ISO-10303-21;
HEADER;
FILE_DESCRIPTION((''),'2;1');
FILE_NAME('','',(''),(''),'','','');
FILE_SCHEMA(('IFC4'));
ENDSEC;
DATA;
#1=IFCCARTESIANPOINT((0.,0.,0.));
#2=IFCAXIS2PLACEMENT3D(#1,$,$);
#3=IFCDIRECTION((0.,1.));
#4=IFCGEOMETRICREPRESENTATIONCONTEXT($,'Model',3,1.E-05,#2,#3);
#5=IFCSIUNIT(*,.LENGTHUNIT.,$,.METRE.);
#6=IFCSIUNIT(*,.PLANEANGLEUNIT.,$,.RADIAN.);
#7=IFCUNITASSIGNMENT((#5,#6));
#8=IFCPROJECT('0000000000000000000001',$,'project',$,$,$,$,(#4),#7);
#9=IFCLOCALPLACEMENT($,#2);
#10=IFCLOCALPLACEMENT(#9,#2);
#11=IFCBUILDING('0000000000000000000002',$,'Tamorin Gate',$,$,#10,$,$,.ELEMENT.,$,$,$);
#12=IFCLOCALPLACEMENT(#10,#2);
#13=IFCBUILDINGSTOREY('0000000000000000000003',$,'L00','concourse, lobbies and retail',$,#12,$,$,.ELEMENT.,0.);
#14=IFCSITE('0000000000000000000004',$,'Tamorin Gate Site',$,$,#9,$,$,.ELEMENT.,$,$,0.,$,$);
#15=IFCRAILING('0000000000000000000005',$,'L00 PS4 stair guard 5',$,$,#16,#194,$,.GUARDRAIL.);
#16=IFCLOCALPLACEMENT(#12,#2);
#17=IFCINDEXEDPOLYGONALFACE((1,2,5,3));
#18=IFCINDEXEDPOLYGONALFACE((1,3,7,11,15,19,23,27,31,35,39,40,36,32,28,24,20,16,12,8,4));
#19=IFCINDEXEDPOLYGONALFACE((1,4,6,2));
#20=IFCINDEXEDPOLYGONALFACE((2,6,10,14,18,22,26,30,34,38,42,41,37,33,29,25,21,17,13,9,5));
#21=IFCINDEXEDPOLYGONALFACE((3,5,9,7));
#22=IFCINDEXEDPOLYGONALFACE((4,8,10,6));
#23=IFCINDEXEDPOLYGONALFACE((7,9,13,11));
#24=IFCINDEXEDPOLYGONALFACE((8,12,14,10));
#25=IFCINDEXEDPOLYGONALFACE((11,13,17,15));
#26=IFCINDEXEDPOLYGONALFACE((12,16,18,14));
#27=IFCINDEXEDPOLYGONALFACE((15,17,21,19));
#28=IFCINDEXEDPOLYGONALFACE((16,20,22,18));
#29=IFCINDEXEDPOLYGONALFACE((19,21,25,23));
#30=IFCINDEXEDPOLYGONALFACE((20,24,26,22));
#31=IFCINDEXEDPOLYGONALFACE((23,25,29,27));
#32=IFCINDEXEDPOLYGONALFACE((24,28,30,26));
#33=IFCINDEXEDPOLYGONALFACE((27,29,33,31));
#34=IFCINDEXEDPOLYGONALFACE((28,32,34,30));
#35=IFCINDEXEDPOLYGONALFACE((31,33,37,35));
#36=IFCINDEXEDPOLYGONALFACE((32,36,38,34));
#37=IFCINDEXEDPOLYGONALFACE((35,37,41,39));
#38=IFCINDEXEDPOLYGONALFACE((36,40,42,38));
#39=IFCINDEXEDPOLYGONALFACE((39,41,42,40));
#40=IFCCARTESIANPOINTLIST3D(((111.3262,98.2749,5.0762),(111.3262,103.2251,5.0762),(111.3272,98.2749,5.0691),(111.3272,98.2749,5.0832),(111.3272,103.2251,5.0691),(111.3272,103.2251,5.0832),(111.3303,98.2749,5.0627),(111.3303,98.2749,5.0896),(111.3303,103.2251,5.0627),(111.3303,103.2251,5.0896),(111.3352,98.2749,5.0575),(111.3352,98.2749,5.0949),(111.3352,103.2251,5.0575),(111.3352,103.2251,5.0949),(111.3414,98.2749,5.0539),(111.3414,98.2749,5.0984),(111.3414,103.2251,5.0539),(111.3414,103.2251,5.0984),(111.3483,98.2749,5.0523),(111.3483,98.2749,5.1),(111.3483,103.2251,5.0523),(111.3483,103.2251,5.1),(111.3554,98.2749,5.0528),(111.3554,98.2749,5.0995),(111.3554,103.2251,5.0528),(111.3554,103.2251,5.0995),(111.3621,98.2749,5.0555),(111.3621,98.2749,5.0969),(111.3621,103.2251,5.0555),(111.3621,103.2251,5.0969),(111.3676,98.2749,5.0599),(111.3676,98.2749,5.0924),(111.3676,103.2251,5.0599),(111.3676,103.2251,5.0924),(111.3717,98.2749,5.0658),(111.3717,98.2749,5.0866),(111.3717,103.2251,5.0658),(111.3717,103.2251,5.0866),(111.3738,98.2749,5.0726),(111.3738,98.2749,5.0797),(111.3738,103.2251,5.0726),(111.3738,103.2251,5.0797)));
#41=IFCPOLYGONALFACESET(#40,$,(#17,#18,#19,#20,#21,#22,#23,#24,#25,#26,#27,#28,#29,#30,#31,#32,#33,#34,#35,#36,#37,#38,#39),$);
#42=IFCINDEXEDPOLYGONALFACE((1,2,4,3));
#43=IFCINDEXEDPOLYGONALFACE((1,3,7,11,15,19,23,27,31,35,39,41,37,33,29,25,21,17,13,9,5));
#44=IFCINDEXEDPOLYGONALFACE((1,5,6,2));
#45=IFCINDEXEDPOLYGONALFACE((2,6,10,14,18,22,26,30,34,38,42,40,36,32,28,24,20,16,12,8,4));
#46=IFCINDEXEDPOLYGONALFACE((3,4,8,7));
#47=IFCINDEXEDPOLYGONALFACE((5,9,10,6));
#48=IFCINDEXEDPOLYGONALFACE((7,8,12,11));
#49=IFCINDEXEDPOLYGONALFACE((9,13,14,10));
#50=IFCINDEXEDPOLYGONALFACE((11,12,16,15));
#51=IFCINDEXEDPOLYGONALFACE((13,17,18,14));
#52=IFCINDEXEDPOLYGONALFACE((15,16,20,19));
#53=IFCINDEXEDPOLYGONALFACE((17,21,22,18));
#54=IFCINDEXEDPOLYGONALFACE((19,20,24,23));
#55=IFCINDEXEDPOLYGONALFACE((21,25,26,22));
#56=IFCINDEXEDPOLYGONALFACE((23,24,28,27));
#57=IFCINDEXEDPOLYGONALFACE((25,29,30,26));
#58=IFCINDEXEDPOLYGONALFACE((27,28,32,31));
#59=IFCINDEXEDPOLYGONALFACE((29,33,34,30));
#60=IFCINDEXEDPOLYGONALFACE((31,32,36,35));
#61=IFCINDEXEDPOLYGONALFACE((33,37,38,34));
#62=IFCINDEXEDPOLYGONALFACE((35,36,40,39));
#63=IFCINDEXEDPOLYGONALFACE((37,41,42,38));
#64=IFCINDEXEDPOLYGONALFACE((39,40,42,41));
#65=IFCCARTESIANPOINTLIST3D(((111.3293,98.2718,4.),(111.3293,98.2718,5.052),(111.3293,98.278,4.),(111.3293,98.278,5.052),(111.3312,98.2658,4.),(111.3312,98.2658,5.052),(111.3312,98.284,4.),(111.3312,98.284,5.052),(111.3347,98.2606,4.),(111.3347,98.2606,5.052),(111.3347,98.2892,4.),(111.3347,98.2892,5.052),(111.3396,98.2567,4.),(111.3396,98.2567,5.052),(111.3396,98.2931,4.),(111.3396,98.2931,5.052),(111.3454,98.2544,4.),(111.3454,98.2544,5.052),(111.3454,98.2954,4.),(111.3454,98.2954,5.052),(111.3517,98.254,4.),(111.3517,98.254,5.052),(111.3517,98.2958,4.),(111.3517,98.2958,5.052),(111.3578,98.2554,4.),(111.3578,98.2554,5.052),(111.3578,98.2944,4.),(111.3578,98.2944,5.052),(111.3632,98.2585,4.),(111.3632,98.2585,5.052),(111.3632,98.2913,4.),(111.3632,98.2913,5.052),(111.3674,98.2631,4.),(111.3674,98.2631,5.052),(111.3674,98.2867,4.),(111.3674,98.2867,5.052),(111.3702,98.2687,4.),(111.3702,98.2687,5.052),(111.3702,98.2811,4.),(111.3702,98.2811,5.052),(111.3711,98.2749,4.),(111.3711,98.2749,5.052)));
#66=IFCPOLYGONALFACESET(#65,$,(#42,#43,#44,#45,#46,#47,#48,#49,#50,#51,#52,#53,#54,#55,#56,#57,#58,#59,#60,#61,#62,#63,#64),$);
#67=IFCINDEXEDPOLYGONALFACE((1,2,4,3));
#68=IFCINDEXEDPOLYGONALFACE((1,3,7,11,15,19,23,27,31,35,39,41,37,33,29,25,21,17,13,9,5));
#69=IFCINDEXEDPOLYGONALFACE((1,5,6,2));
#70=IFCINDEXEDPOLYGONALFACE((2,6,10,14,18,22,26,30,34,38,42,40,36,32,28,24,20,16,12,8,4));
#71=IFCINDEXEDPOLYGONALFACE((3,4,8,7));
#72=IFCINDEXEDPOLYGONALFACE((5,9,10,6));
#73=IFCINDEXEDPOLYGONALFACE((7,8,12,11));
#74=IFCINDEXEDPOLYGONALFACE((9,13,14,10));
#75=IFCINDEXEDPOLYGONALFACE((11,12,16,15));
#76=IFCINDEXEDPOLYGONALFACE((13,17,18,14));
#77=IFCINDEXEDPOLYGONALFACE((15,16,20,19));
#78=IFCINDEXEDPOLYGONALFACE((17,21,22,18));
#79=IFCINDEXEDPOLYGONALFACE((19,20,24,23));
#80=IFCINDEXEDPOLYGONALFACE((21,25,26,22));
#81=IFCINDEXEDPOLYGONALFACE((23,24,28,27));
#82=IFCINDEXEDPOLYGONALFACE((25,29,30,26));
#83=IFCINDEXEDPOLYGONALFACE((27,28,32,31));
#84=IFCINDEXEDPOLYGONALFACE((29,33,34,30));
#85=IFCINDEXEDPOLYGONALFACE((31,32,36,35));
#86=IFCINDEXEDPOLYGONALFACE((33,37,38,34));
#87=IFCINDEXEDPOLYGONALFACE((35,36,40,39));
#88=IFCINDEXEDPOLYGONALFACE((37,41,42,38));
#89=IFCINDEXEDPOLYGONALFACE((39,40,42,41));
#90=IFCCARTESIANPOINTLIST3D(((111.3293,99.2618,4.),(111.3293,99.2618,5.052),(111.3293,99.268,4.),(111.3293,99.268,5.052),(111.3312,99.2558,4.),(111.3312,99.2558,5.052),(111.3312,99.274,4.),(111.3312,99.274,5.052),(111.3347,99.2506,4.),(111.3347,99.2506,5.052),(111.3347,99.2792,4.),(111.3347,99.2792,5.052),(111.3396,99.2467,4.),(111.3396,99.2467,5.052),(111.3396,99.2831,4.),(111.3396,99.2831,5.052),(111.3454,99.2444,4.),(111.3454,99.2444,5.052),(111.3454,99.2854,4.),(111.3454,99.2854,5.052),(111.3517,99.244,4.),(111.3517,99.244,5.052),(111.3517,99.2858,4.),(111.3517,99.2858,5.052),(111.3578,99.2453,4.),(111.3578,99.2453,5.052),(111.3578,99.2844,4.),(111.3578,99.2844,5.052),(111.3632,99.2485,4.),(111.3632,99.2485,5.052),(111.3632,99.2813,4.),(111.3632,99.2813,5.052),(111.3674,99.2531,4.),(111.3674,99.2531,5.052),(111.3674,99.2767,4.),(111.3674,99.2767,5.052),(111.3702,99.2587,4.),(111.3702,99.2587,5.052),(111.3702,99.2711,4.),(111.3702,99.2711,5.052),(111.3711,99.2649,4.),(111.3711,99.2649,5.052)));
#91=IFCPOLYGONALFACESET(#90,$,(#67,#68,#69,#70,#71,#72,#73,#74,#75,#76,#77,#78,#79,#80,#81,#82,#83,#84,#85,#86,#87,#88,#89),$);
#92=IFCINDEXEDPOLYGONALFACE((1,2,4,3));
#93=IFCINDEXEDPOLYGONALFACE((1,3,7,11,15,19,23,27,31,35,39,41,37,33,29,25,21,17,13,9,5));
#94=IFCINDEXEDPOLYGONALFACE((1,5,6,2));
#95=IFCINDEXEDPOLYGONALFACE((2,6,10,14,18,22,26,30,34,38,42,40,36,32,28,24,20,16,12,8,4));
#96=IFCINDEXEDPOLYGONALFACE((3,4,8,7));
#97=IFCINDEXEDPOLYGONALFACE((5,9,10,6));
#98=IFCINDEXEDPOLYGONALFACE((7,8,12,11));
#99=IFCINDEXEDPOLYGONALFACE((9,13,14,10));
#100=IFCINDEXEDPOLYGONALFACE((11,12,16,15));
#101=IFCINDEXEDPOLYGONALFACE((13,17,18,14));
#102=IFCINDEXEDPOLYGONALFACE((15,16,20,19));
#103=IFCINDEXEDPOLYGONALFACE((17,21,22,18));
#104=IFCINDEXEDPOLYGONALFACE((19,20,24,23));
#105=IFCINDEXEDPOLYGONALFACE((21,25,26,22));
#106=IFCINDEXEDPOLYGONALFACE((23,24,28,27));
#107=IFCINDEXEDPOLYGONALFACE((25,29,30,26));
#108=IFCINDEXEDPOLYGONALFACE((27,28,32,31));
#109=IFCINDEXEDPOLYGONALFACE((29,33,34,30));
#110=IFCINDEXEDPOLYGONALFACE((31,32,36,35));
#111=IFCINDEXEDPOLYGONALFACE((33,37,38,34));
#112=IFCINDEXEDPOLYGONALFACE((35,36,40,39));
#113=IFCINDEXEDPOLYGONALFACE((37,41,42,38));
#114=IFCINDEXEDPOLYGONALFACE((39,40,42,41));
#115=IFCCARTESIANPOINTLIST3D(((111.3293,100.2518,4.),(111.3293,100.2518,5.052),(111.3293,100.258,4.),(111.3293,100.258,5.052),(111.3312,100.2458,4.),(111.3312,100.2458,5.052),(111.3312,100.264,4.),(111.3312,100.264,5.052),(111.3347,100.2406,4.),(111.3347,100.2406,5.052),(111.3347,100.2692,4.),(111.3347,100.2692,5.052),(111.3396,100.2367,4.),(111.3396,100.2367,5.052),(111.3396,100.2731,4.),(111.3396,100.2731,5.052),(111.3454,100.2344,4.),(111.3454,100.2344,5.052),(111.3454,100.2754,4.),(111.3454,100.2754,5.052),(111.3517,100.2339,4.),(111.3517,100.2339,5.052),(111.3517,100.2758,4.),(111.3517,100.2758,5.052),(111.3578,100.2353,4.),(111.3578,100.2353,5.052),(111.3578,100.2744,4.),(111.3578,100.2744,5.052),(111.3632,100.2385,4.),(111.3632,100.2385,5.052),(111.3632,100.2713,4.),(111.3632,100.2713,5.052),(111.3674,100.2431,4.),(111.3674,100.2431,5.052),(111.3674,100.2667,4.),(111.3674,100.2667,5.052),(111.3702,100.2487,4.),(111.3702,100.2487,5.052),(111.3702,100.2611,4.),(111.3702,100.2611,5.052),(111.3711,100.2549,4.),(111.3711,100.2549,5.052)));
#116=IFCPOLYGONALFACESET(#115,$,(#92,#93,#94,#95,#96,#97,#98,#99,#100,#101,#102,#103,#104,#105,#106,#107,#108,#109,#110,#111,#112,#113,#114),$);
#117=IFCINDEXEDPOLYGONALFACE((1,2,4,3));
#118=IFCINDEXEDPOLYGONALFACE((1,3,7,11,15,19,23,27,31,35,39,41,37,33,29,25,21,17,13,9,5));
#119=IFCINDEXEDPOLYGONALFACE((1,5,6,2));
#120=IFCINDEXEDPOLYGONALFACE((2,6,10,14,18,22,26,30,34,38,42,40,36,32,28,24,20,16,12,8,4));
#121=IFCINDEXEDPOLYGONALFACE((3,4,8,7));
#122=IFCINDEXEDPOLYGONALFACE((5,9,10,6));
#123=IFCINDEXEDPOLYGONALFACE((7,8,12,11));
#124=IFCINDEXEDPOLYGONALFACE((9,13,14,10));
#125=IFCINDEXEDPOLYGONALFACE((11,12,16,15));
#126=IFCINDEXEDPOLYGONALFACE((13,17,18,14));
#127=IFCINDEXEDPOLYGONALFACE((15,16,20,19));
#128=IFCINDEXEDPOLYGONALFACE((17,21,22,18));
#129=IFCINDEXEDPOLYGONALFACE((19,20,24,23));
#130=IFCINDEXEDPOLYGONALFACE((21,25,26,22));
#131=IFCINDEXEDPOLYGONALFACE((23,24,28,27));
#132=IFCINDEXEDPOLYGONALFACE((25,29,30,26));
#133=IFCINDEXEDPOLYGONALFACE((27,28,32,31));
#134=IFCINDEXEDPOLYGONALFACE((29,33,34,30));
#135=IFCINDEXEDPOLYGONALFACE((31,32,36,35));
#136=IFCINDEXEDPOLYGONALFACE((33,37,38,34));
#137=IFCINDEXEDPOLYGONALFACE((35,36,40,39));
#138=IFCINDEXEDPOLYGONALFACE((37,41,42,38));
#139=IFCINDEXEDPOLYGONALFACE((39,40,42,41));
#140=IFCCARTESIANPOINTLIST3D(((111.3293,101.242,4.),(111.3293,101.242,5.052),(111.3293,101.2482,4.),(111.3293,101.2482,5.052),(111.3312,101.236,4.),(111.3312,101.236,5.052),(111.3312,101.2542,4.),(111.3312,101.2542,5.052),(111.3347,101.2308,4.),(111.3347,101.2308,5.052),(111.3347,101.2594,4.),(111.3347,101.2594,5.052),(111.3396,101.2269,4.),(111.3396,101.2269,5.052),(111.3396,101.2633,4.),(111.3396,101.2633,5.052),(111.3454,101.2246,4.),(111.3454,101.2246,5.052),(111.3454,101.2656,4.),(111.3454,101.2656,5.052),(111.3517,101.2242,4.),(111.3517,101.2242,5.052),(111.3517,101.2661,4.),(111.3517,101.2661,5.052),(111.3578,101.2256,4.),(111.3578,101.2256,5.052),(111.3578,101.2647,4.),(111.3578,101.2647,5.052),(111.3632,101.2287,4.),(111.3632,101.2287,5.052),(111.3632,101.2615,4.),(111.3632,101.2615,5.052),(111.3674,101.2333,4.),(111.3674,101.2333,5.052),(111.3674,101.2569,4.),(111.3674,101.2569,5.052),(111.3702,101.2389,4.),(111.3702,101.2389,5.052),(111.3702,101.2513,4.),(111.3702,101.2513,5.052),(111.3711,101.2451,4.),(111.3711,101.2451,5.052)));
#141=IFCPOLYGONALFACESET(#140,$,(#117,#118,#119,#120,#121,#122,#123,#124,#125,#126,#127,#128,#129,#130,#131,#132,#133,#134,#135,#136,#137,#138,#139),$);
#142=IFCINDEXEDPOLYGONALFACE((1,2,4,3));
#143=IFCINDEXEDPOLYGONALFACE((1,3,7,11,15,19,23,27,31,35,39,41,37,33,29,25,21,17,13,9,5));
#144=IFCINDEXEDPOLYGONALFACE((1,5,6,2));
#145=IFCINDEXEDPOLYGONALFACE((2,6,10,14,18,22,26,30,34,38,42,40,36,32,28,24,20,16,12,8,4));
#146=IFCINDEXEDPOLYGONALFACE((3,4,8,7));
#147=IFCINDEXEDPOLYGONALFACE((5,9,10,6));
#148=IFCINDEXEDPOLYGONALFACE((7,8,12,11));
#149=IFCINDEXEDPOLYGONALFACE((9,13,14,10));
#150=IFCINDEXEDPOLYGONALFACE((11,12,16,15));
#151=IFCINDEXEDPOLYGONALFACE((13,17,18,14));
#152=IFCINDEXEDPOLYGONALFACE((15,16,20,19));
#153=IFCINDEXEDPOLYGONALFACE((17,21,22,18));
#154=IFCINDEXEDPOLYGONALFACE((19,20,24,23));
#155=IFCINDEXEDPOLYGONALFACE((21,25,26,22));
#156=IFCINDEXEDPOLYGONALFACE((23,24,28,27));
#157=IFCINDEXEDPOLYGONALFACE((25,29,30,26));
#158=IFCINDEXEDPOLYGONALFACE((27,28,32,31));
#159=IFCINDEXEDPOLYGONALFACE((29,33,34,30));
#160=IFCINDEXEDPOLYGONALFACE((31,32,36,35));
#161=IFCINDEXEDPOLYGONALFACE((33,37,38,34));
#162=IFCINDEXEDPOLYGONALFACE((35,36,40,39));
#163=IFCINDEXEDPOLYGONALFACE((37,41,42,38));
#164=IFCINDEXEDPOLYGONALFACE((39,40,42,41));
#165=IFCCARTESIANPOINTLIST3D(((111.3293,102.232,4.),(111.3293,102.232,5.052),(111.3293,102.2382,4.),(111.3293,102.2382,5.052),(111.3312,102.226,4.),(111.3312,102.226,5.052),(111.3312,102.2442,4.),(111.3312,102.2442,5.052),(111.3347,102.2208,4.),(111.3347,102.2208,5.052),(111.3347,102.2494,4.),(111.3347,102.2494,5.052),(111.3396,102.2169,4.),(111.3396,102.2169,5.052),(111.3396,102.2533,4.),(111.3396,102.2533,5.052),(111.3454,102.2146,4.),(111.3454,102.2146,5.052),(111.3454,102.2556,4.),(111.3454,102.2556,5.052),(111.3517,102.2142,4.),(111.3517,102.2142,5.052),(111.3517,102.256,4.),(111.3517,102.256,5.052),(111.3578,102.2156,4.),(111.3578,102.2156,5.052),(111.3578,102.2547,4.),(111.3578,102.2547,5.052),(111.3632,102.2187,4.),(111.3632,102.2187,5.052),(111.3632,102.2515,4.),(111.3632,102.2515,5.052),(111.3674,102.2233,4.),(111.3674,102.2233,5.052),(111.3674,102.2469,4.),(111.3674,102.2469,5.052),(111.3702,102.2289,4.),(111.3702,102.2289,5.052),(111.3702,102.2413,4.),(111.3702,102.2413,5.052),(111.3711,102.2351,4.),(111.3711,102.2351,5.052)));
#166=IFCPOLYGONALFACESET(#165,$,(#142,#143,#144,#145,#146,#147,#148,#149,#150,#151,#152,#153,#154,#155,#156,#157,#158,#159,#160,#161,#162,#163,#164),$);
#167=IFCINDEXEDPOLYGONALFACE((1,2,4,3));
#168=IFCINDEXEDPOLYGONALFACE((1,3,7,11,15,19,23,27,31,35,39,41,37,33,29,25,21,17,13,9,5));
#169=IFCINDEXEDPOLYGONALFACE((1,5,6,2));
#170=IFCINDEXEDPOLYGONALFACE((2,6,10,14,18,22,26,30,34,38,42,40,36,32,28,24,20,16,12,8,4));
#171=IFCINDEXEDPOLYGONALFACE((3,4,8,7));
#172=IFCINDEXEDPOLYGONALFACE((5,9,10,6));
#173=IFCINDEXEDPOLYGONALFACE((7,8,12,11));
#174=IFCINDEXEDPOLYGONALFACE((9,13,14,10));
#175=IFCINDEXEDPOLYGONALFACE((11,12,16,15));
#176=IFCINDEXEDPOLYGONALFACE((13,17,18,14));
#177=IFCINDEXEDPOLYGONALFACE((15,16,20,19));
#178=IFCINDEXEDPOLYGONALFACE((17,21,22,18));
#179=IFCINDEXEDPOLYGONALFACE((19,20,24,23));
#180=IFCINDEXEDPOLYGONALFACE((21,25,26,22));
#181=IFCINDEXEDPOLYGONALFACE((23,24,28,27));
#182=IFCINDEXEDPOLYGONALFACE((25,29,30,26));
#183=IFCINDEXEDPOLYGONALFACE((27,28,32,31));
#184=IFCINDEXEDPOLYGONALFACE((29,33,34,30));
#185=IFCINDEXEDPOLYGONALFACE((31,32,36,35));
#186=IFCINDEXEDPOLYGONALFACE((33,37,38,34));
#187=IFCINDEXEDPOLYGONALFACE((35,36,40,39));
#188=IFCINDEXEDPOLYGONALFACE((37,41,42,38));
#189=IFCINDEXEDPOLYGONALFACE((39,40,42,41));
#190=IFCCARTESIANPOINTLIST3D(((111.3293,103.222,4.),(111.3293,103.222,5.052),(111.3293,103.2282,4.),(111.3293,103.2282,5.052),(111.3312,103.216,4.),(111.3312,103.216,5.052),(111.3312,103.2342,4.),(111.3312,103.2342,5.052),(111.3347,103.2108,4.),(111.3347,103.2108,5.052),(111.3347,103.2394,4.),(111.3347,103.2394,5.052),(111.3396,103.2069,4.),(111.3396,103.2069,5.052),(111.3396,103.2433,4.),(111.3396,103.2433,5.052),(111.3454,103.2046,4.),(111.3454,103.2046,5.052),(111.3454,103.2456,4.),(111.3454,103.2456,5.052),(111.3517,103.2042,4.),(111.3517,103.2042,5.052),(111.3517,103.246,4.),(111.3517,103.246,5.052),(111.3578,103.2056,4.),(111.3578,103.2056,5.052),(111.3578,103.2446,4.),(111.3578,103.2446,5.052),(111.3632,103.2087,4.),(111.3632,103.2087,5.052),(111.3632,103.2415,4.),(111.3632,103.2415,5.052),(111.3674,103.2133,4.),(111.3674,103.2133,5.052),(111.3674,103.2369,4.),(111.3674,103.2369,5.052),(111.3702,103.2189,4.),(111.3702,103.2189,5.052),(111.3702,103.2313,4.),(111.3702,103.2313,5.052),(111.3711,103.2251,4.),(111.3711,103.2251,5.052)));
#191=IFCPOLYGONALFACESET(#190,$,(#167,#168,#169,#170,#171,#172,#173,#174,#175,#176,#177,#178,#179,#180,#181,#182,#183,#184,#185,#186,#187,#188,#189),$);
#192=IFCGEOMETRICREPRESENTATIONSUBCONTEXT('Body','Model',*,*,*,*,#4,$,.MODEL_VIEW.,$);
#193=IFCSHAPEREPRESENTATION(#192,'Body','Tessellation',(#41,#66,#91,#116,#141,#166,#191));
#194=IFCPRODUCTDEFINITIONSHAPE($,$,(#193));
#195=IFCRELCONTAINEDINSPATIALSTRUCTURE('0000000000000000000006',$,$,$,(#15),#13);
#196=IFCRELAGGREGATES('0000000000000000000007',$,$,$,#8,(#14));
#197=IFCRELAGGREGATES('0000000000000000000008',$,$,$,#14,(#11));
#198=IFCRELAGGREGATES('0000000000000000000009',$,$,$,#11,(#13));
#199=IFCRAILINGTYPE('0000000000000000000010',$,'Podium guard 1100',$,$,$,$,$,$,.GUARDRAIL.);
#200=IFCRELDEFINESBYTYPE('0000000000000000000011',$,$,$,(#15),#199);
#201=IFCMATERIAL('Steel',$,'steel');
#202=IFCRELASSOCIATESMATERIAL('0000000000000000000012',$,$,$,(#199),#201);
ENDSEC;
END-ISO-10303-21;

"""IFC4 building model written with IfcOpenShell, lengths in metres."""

from ifc_helpers import new_model, si_unit, direction, frame, origin, origin_2d, place, context, subcontext, project, spatial, circle, extrude, material, type_object, element, save


model = new_model("IFC4")

# Units and contexts
model_context = context("Model", 3, precision=1e-05, world=origin(), true_north=direction((0.0, 1.0)))
body_context = subcontext(model_context, "Body", "Model", "MODEL_VIEW")
ifc_project = project(units=[si_unit("LENGTHUNIT", "METRE"), si_unit("PLANEANGLEUNIT", "RADIAN")], contexts=[model_context])

# Site, building, storey
site_placement = place(None, origin())
site = spatial("IfcSite", under=ifc_project, at=site_placement, Name="Tamorin Gate Site", CompositionType="ELEMENT", RefElevation=0.0)
building_placement = place(site_placement, origin())
building = spatial("IfcBuilding", under=site, at=building_placement, Name="Tamorin Gate", CompositionType="ELEMENT")
storey_placement = place(building_placement, origin())
storey = spatial("IfcBuildingStorey", under=building, at=storey_placement, Name="L00", Description="concourse, lobbies and retail", CompositionType="ELEMENT", Elevation=0.0)

# Railing
ifc_material_1 = material(Name="Steel", Category="steel")
railing_type_1 = type_object("IfcRailingType", Name="Podium guard 1100", PredefinedType="GUARDRAIL", material=ifc_material_1)
railing_1_placement = place(storey_placement, frame((111.3501, 98.2749, 4.0)))
element("IfcRailing", 1, at=railing_1_placement, inside=storey, type_object=railing_type_1, Name="L00 PS4 stair guard 5", PredefinedType="GUARDRAIL", context=body_context, shape_type="SweptSolid", body=[
    extrude(circle(Radius=0.0239, at=origin_2d()), frame((0.0, 0.0, 1.0762), z_axis=(0.0, 1.0, 0.0), x_axis=(-1.0, 0.0, 0.0)), (0.0, 0.0, 1.0), 4.9502),
    extrude(circle(Radius=0.021, at=origin_2d()), origin(), (0.0, 0.0, 1.0), 1.052),
    extrude(circle(Radius=0.021, at=origin_2d()), frame((0.0, 0.99, 0.0)), (0.0, 0.0, 1.0), 1.052),
    extrude(circle(Radius=0.021, at=origin_2d()), frame((0.0, 1.98, 0.0)), (0.0, 0.0, 1.0), 1.052),
    extrude(circle(Radius=0.021, at=origin_2d()), frame((0.0, 2.9702, 0.0)), (0.0, 0.0, 1.0), 1.052),
    extrude(circle(Radius=0.021, at=origin_2d()), frame((0.0, 3.9602, 0.0)), (0.0, 0.0, 1.0), 1.052),
    extrude(circle(Radius=0.021, at=origin_2d()), frame((0.0, 4.9502, 0.0)), (0.0, 0.0, 1.0), 1.052),
])

save(model, "model.ifc")
